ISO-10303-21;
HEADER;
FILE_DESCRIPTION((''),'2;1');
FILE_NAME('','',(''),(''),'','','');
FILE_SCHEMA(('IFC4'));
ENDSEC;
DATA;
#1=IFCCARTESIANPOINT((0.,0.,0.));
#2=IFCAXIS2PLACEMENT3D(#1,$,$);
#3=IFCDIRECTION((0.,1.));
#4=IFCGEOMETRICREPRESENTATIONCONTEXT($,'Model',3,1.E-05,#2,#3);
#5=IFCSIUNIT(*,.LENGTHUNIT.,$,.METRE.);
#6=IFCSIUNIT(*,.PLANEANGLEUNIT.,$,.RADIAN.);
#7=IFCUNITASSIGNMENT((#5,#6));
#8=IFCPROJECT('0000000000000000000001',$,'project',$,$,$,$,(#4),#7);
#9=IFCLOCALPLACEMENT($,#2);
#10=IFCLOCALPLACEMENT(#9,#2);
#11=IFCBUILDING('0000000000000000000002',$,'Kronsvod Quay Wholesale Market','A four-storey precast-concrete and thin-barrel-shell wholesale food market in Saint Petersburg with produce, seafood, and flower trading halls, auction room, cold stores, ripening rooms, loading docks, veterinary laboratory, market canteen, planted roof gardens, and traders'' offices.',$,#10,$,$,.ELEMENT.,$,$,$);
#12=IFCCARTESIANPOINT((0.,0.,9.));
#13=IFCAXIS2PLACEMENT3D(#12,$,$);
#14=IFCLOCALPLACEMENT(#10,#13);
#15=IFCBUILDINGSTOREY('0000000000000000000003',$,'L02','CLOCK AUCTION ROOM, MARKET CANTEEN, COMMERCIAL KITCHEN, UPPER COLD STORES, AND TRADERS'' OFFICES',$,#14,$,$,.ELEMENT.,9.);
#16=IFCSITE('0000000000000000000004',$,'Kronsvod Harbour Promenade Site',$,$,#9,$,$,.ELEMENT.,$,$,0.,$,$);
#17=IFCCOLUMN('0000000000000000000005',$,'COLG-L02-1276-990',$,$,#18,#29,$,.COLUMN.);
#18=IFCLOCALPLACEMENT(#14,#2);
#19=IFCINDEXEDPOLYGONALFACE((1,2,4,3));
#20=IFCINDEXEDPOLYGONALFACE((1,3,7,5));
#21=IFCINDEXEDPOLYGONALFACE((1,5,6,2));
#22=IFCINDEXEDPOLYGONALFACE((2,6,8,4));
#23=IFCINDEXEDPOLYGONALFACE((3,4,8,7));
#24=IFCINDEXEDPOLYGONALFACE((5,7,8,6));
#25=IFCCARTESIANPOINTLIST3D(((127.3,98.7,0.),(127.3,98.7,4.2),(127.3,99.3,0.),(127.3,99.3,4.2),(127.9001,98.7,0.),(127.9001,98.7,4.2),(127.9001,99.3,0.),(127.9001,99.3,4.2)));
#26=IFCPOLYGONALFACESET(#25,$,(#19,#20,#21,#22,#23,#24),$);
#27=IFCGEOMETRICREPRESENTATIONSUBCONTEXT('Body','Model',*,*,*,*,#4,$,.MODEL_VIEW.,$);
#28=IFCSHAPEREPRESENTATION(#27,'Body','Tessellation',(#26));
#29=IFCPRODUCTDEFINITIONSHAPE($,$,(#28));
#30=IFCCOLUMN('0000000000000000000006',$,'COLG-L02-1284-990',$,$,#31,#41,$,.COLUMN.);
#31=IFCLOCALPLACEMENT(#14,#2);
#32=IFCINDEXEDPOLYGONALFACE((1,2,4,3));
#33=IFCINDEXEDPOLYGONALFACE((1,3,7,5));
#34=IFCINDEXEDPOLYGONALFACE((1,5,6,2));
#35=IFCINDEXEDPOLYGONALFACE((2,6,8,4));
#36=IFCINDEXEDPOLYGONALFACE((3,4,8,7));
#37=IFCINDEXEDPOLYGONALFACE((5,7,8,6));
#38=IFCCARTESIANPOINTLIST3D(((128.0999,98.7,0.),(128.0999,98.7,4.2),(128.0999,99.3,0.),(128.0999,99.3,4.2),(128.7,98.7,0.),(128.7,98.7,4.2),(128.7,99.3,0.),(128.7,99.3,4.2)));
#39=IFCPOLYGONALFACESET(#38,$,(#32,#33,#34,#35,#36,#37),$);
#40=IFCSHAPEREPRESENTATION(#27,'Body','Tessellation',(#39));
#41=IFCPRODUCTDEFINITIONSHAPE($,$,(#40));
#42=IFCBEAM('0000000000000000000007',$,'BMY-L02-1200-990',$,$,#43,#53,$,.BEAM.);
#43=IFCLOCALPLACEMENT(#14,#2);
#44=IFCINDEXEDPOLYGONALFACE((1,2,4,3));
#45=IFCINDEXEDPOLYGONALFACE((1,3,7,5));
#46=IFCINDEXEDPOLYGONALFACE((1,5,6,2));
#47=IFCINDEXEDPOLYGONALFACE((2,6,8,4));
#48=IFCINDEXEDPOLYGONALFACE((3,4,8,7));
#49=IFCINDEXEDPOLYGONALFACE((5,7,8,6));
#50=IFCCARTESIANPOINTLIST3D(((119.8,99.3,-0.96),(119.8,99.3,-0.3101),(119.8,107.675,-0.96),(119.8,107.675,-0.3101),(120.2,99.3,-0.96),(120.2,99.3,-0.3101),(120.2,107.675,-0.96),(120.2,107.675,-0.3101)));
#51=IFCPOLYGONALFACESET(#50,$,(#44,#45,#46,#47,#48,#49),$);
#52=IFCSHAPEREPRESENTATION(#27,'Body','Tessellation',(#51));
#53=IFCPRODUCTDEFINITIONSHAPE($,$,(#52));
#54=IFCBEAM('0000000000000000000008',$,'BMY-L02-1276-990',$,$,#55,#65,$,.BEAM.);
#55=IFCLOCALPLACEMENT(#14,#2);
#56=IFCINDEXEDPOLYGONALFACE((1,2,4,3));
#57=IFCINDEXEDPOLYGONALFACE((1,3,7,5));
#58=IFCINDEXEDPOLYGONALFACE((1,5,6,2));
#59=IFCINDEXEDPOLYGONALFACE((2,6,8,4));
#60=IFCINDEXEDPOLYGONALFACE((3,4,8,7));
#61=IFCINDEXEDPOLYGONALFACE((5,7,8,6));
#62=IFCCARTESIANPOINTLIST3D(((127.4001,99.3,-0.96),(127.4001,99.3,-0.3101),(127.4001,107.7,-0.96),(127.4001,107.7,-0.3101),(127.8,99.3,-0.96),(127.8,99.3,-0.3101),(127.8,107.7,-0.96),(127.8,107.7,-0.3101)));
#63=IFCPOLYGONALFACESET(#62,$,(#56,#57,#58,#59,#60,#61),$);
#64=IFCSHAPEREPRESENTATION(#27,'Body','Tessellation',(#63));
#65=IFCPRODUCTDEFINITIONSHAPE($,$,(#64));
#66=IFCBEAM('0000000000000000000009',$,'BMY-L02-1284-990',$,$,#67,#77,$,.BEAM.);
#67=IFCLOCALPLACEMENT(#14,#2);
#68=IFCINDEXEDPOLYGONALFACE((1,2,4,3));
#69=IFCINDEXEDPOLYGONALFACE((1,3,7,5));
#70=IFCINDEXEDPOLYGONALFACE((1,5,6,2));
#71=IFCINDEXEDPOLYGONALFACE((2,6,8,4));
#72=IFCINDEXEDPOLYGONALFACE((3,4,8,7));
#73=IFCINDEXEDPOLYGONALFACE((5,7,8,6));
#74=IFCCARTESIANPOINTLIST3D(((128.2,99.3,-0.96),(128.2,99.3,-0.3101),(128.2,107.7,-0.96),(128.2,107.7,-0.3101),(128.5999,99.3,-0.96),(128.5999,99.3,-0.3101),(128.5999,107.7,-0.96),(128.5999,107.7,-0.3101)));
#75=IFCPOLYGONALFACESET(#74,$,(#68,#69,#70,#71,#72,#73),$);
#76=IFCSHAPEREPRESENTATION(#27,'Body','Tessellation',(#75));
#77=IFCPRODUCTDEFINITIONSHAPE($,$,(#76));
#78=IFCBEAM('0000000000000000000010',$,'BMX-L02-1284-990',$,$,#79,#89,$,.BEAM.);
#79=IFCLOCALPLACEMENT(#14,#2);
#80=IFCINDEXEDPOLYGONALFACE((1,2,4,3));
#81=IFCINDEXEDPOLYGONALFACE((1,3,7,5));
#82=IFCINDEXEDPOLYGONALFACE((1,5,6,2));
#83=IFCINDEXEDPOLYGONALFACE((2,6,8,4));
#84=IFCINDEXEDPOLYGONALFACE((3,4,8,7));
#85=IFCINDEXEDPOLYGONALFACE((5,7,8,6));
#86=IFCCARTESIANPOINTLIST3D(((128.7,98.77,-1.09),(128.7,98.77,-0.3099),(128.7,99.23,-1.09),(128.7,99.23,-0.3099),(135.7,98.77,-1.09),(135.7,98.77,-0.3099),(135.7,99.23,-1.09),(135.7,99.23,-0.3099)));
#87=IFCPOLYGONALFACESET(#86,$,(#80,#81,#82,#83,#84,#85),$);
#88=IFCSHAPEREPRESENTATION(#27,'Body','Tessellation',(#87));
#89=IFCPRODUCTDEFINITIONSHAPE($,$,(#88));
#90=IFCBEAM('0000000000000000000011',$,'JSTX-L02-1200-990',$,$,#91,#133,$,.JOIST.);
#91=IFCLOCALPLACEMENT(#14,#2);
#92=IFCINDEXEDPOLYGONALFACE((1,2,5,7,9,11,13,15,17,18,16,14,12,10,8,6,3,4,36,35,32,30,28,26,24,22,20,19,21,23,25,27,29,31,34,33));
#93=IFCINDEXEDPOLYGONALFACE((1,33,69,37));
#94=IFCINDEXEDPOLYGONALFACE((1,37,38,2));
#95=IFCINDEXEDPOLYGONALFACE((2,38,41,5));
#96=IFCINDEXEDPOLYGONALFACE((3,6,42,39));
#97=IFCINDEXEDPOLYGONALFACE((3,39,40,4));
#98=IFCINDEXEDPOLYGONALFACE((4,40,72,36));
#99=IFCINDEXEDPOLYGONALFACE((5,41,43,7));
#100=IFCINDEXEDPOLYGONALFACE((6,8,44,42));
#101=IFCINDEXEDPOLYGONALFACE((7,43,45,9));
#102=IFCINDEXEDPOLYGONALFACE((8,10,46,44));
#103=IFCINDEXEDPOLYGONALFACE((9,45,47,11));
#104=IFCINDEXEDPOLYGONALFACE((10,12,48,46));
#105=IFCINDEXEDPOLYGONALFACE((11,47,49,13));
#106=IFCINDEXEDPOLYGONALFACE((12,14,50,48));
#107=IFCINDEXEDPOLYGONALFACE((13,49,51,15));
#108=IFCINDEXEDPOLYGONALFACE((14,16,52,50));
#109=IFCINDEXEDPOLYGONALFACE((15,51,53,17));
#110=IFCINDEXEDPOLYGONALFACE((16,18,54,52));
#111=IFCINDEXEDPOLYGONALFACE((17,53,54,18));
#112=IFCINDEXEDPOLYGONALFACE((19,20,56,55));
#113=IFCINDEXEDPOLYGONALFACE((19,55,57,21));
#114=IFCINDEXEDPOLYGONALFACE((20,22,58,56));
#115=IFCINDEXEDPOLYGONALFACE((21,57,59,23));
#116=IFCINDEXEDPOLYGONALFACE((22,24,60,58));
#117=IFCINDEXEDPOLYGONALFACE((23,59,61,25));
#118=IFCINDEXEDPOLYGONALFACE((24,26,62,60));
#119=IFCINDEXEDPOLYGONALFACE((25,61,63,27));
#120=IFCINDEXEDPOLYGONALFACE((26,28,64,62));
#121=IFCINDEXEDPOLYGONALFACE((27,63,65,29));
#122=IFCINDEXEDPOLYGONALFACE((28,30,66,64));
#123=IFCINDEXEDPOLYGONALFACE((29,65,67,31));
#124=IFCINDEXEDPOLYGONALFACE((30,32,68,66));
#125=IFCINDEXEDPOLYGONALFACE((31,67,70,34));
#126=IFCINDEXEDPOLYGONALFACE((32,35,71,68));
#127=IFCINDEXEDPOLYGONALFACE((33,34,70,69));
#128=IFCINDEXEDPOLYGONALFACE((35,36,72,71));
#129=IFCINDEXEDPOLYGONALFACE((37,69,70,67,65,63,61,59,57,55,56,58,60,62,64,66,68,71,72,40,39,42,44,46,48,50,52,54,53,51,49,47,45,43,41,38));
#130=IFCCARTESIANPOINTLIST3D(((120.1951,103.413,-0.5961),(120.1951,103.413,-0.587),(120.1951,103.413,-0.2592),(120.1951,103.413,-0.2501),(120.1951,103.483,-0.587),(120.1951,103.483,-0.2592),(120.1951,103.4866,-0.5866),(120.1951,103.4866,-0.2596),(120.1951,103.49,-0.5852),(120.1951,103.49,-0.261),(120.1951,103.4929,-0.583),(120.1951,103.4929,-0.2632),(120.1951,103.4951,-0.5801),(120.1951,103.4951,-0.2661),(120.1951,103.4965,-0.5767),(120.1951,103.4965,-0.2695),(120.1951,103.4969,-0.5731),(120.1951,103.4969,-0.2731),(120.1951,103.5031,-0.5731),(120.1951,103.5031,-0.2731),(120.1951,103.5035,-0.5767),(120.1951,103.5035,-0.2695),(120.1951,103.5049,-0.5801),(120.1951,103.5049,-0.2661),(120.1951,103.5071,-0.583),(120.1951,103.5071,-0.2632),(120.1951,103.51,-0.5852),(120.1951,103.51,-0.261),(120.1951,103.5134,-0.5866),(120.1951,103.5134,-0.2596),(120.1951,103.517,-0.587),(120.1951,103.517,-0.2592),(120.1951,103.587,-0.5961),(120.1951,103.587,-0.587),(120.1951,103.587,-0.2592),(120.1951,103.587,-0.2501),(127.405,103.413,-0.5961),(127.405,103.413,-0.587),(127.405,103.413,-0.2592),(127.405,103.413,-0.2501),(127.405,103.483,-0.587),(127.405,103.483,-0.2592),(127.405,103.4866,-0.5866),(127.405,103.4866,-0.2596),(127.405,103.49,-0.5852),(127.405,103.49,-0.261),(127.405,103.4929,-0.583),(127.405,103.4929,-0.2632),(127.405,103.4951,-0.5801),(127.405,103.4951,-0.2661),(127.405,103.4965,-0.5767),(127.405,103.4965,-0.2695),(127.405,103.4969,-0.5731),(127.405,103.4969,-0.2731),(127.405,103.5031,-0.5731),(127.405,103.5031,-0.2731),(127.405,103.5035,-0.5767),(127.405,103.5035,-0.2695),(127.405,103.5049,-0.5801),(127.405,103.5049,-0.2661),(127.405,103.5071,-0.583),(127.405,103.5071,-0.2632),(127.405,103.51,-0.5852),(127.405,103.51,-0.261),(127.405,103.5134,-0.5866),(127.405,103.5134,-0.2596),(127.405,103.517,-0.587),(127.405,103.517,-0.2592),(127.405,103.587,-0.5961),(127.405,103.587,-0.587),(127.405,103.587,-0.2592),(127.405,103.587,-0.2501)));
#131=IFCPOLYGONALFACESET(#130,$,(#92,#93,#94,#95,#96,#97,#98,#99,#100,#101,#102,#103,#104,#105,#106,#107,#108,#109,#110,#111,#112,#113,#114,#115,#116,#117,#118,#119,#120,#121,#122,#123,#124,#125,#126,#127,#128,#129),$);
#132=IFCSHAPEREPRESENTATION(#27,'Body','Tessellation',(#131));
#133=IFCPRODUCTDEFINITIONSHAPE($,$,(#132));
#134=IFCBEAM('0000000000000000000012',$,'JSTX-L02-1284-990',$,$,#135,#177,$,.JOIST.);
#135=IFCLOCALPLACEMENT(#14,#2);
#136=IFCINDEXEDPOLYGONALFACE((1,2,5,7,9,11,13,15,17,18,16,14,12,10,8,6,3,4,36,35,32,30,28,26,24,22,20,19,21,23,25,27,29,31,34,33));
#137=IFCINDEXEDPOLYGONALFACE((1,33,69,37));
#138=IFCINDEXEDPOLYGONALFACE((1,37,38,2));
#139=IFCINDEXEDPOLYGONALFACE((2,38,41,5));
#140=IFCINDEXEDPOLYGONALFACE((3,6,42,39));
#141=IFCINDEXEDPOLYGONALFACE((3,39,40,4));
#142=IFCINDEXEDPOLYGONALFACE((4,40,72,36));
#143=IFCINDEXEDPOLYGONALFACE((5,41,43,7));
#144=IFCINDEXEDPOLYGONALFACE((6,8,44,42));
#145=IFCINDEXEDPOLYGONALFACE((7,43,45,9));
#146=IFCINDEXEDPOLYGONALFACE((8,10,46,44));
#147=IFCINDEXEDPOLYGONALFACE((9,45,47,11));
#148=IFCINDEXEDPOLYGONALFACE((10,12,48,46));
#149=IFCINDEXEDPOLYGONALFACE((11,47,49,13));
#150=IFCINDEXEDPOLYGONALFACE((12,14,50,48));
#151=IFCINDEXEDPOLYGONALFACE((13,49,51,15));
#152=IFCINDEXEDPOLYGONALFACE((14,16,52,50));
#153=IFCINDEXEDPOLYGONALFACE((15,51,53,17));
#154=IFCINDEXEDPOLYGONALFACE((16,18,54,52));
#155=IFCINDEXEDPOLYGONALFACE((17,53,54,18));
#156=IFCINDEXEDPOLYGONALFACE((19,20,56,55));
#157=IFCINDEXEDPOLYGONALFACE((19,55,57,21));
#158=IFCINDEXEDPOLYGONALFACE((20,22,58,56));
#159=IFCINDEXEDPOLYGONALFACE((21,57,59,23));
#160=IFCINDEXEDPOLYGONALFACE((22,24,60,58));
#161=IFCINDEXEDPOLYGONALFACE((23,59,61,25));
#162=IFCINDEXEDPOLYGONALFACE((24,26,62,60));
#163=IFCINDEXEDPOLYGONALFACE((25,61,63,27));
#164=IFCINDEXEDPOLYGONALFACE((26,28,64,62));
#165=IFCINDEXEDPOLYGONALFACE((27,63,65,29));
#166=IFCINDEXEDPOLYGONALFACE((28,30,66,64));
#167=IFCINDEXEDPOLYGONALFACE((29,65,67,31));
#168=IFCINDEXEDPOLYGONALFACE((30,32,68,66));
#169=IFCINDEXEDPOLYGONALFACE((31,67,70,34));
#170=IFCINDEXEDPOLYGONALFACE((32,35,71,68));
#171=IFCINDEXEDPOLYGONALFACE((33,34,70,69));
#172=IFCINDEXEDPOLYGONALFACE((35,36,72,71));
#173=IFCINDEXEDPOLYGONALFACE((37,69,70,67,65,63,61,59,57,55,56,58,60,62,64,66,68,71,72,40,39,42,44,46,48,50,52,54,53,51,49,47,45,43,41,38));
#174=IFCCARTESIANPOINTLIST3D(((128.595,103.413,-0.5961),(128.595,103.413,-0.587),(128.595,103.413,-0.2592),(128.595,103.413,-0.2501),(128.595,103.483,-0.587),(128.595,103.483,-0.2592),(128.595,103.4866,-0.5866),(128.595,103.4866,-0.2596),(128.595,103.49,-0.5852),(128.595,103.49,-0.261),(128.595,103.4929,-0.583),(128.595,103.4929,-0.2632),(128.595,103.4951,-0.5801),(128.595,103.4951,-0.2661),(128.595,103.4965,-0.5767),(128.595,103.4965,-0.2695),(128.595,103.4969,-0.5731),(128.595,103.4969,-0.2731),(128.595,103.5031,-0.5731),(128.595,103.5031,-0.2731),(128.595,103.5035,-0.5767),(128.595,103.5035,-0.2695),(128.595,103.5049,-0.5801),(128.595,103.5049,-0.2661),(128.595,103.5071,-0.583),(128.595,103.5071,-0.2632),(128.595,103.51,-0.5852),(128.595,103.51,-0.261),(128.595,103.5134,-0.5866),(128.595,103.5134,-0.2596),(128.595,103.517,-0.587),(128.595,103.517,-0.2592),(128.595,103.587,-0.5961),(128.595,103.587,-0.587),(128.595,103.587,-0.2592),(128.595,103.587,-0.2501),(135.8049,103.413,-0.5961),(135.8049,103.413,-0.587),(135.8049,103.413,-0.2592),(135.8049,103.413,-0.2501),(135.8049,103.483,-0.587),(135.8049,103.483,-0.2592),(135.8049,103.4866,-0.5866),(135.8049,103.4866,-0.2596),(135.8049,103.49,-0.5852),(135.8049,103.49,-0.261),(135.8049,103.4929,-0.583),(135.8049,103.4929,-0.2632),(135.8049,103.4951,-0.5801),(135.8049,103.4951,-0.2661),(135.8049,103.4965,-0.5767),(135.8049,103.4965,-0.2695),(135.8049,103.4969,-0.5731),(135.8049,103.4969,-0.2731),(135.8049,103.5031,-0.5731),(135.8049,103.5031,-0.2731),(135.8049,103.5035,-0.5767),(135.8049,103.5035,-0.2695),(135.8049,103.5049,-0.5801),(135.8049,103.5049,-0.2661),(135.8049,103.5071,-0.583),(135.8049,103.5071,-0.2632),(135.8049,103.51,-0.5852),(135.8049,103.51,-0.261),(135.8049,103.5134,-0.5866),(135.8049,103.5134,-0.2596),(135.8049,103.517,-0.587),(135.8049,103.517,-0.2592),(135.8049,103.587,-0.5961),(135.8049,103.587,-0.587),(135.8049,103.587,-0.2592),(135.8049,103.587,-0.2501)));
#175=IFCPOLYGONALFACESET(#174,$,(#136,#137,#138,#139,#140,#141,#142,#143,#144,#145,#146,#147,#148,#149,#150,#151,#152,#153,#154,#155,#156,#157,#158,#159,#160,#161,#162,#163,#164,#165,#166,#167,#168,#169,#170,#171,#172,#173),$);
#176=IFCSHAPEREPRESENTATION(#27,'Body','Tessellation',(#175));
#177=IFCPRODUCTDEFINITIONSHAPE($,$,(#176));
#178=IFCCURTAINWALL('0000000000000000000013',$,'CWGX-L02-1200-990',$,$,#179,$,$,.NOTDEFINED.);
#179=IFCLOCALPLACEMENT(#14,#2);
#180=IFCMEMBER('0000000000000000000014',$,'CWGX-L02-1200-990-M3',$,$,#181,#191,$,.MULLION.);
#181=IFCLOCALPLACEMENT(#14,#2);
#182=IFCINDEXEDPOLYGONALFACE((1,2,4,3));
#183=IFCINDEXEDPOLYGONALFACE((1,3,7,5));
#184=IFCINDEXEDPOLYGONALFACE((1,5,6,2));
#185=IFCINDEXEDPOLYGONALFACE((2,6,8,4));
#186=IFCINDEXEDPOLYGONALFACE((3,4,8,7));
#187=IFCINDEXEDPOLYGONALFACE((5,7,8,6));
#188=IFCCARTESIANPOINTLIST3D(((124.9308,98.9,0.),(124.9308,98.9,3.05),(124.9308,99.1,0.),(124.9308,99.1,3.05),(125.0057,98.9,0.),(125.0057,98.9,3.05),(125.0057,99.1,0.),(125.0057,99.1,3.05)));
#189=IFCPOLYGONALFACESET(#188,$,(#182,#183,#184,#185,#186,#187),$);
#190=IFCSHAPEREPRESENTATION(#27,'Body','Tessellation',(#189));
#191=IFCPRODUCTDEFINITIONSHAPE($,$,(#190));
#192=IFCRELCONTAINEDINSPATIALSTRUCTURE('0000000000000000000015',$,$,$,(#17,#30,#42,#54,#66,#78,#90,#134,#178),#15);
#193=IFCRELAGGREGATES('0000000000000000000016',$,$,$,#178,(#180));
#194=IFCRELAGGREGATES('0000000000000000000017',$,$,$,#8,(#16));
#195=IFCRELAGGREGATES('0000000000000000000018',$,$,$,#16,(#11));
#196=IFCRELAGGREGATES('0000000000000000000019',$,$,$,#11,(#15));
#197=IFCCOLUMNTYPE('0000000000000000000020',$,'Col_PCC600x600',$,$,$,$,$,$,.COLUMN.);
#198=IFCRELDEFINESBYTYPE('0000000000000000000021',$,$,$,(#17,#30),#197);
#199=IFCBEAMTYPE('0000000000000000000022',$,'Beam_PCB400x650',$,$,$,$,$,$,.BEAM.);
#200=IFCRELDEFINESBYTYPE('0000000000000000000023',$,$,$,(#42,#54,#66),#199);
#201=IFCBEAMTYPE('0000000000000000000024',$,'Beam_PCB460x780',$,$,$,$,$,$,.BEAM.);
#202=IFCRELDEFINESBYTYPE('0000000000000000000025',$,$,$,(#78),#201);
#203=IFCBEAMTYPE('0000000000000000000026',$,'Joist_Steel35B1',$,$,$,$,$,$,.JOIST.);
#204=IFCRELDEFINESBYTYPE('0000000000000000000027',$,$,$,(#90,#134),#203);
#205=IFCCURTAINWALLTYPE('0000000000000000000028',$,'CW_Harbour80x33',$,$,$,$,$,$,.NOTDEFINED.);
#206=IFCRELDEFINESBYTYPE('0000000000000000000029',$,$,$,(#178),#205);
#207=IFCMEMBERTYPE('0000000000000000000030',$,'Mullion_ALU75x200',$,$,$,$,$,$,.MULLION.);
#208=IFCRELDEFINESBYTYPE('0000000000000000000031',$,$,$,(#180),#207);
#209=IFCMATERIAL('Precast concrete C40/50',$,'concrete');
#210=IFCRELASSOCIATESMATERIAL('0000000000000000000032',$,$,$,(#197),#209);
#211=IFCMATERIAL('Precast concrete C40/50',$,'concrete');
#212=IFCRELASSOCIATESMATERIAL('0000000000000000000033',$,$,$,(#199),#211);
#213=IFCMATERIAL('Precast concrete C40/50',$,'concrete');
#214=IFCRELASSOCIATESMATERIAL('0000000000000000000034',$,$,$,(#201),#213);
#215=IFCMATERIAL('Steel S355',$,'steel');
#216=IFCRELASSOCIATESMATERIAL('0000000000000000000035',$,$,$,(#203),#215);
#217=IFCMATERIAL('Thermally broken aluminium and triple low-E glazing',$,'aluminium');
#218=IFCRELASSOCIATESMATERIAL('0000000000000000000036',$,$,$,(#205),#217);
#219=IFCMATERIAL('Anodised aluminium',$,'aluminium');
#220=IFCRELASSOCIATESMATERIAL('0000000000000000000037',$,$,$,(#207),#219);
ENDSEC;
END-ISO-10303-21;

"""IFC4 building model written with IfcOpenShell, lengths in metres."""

from ifc_helpers import new_model, si_unit, direction, frame, origin, origin_2d, place, context, subcontext, project, spatial, rectangle, i_section, extrude, material, material_profile, profile_set, type_object, element, aggregate, save


model = new_model("IFC4")

# Units and contexts
model_context = context("Model", 3, precision=1e-05, world=origin(), true_north=direction((0.0, 1.0)))
body_context = subcontext(model_context, "Body", "Model", "MODEL_VIEW")
ifc_project = project(units=[si_unit("LENGTHUNIT", "METRE"), si_unit("PLANEANGLEUNIT", "RADIAN")], contexts=[model_context])

# Site, building, storey
site_placement = place(None, origin())
site = spatial("IfcSite", under=ifc_project, at=site_placement, Name="Kronsvod Harbour Promenade Site", CompositionType="ELEMENT", RefElevation=0.0)
building_placement = place(site_placement, origin())
building = spatial("IfcBuilding", under=site, at=building_placement, Name="Kronsvod Quay Wholesale Market", Description="A four-storey precast-concrete and thin-barrel-shell wholesale food market in Saint Petersburg with produce, seafood, and flower trading halls, auction room, cold stores, ripening rooms, loading docks, veterinary laboratory, market canteen, planted roof gardens, and traders' offices.", CompositionType="ELEMENT")
storey_placement = place(building_placement, frame((0.0, 0.0, 9.0)))
storey = spatial("IfcBuildingStorey", under=building, at=storey_placement, Name="L02", Description="CLOCK AUCTION ROOM, MARKET CANTEEN, COMMERCIAL KITCHEN, UPPER COLD STORES, AND TRADERS' OFFICES", CompositionType="ELEMENT", Elevation=9.0)

# Columns
ifc_material_1 = material(Name="Precast concrete C40/50", Category="concrete")
ifc_material_profile_1 = material_profile(ifc_material_1, rectangle(XDim=0.6001, YDim=0.6001, at=origin_2d()), Name="PCC600x600")
ifc_profile_set_1 = profile_set([ifc_material_profile_1], Name="Precast concrete C40/50")
column_type = type_object("IfcColumnType", Name="Col_PCC600x600", PredefinedType="COLUMN", material=ifc_profile_set_1)
for number, where, z_axis, x_axis, name in (
    (1, (127.6001, 99.0, 0.0), (0.0, 0.0, 1.0), (1.0, 0.0, 0.0), "COLG-L02-1276-990"),
    (2, (128.3999, 99.0, 0.0), (0.0, 0.0, 1.0), (1.0, 0.0, 0.0), "COLG-L02-1284-990"),
):
    element("IfcColumn", number, at=place(storey_placement, frame(where, z_axis=z_axis, x_axis=x_axis)), inside=storey, type_object=column_type, Name=name, PredefinedType="COLUMN", context=body_context, shape_type="SweptSolid", body=[
        extrude(rectangle(XDim=0.6001, YDim=0.6001, at=origin_2d()), origin(), (0.0, 0.0, 1.0), 4.2),
    ])

# Beams
ifc_material_2 = material(Name="Precast concrete C40/50", Category="concrete")
ifc_material_profile_2 = material_profile(ifc_material_2, rectangle(XDim=0.3999, YDim=0.6499, at=origin_2d()), Name="PCB400x650")
ifc_profile_set_2 = profile_set([ifc_material_profile_2], Name="Precast concrete C40/50")
beam_type_1 = type_object("IfcBeamType", Name="Beam_PCB400x650", PredefinedType="BEAM", material=ifc_profile_set_2)
beam_1_placement = place(storey_placement, frame((120.0, 99.3, -0.635), z_axis=(0.0, 1.0, 0.0), x_axis=(-1.0, 0.0, 0.0)))
element("IfcBeam", 3, at=beam_1_placement, inside=storey, type_object=beam_type_1, Name="BMY-L02-1200-990", PredefinedType="BEAM", context=body_context, shape_type="SweptSolid", body=[
    extrude(rectangle(XDim=0.3999, YDim=0.6499, at=origin_2d()), origin(), (0.0, 0.0, 1.0), 8.375),
])
for number, where, z_axis, x_axis, name in (
    (4, (127.6001, 99.3, -0.635), (0.0, 1.0, 0.0), (-1.0, 0.0, 0.0), "BMY-L02-1276-990"),
    (5, (128.3999, 99.3, -0.635), (0.0, 1.0, 0.0), (-1.0, 0.0, 0.0), "BMY-L02-1284-990"),
):
    element("IfcBeam", number, at=place(storey_placement, frame(where, z_axis=z_axis, x_axis=x_axis)), inside=storey, type_object=beam_type_1, Name=name, PredefinedType="BEAM", context=body_context, shape_type="SweptSolid", body=[
        extrude(rectangle(XDim=0.3999, YDim=0.6499, at=origin_2d()), origin(), (0.0, 0.0, 1.0), 8.3999),
    ])
ifc_material_3 = material(Name="Precast concrete C40/50", Category="concrete")
ifc_material_profile_3 = material_profile(ifc_material_3, rectangle(XDim=0.46, YDim=0.78, at=origin_2d()), Name="PB-03")
ifc_profile_set_3 = profile_set([ifc_material_profile_3], Name="Precast concrete C40/50")
beam_type_2 = type_object("IfcBeamType", Name="Beam_PCB460x780", PredefinedType="BEAM", material=ifc_profile_set_3)
beam_2_placement = place(storey_placement, frame((128.7, 99.0, -0.7), z_axis=(1.0, 0.0, 0.0), x_axis=(0.0, 1.0, 0.0)))
element("IfcBeam", 6, at=beam_2_placement, inside=storey, type_object=beam_type_2, Name="BMX-L02-1284-990", PredefinedType="BEAM", context=body_context, shape_type="SweptSolid", body=[
    extrude(rectangle(XDim=0.46, YDim=0.78, at=origin_2d()), origin(), (0.0, 0.0, 1.0), 7.0),
])
ifc_material_4 = material(Name="Steel S355", Category="steel")
ifc_material_profile_4 = material_profile(ifc_material_4, i_section(OverallWidth=0.1741, OverallDepth=0.3459, WebThickness=0.0061, FlangeThickness=0.009, FilletRadius=0.0139, at=origin_2d()), Name="35B1")
ifc_profile_set_4 = profile_set([ifc_material_profile_4], Name="Steel S355")
beam_type_3 = type_object("IfcBeamType", Name="Joist_Steel35B1", PredefinedType="JOIST", material=ifc_profile_set_4)
for number, where, z_axis, x_axis, name in (
    (7, (120.1951, 103.5, -0.4231), (1.0, 0.0, 0.0), (0.0, 1.0, 0.0), "JSTX-L02-1200-990"),
    (8, (128.595, 103.5, -0.4231), (1.0, 0.0, 0.0), (0.0, 1.0, 0.0), "JSTX-L02-1284-990"),
):
    element("IfcBeam", number, at=place(storey_placement, frame(where, z_axis=z_axis, x_axis=x_axis)), inside=storey, type_object=beam_type_3, Name=name, PredefinedType="JOIST", context=body_context, shape_type="SweptSolid", body=[
        extrude(i_section(OverallWidth=0.1741, OverallDepth=0.3459, WebThickness=0.0061, FlangeThickness=0.009, FilletRadius=0.0139, at=origin_2d()), origin(), (0.0, 0.0, 1.0), 7.21),
    ])

# Curtain wall, member
ifc_material_5 = material(Name="Thermally broken aluminium and triple low-E glazing", Category="aluminium")
curtain_wall_type = type_object("IfcCurtainWallType", Name="CW_Harbour80x33", PredefinedType="NOTDEFINED", material=ifc_material_5)
curtain_wall_placement = place(storey_placement, origin())
curtain_wall = element("IfcCurtainWall", 9, at=curtain_wall_placement, inside=storey, type_object=curtain_wall_type, Name="CWGX-L02-1200-990", PredefinedType="NOTDEFINED")
ifc_material_6 = material(Name="Anodised aluminium", Category="aluminium")
ifc_material_profile_5 = material_profile(ifc_material_6, rectangle(XDim=0.075, YDim=0.2, at=origin_2d()), Name="ALUM75x200")
ifc_profile_set_5 = profile_set([ifc_material_profile_5], Name="Anodised aluminium")
member_type_1 = type_object("IfcMemberType", Name="Mullion_ALU75x200", PredefinedType="MULLION", material=ifc_profile_set_5)
member_1_placement = place(storey_placement, frame((124.9683, 99.0, 0.0), z_axis=(0.0, 0.0, 1.0), x_axis=(1.0, 0.0, 0.0)))
member_1 = element("IfcMember", 10, at=member_1_placement, type_object=member_type_1, Name="CWGX-L02-1200-990-M3", PredefinedType="MULLION", context=body_context, shape_type="SweptSolid", body=[
    extrude(rectangle(XDim=0.075, YDim=0.2, at=origin_2d()), origin(), (0.0, 0.0, 1.0), 3.05),
])
aggregate(curtain_wall, [member_1])

save(model, "model.ifc")
